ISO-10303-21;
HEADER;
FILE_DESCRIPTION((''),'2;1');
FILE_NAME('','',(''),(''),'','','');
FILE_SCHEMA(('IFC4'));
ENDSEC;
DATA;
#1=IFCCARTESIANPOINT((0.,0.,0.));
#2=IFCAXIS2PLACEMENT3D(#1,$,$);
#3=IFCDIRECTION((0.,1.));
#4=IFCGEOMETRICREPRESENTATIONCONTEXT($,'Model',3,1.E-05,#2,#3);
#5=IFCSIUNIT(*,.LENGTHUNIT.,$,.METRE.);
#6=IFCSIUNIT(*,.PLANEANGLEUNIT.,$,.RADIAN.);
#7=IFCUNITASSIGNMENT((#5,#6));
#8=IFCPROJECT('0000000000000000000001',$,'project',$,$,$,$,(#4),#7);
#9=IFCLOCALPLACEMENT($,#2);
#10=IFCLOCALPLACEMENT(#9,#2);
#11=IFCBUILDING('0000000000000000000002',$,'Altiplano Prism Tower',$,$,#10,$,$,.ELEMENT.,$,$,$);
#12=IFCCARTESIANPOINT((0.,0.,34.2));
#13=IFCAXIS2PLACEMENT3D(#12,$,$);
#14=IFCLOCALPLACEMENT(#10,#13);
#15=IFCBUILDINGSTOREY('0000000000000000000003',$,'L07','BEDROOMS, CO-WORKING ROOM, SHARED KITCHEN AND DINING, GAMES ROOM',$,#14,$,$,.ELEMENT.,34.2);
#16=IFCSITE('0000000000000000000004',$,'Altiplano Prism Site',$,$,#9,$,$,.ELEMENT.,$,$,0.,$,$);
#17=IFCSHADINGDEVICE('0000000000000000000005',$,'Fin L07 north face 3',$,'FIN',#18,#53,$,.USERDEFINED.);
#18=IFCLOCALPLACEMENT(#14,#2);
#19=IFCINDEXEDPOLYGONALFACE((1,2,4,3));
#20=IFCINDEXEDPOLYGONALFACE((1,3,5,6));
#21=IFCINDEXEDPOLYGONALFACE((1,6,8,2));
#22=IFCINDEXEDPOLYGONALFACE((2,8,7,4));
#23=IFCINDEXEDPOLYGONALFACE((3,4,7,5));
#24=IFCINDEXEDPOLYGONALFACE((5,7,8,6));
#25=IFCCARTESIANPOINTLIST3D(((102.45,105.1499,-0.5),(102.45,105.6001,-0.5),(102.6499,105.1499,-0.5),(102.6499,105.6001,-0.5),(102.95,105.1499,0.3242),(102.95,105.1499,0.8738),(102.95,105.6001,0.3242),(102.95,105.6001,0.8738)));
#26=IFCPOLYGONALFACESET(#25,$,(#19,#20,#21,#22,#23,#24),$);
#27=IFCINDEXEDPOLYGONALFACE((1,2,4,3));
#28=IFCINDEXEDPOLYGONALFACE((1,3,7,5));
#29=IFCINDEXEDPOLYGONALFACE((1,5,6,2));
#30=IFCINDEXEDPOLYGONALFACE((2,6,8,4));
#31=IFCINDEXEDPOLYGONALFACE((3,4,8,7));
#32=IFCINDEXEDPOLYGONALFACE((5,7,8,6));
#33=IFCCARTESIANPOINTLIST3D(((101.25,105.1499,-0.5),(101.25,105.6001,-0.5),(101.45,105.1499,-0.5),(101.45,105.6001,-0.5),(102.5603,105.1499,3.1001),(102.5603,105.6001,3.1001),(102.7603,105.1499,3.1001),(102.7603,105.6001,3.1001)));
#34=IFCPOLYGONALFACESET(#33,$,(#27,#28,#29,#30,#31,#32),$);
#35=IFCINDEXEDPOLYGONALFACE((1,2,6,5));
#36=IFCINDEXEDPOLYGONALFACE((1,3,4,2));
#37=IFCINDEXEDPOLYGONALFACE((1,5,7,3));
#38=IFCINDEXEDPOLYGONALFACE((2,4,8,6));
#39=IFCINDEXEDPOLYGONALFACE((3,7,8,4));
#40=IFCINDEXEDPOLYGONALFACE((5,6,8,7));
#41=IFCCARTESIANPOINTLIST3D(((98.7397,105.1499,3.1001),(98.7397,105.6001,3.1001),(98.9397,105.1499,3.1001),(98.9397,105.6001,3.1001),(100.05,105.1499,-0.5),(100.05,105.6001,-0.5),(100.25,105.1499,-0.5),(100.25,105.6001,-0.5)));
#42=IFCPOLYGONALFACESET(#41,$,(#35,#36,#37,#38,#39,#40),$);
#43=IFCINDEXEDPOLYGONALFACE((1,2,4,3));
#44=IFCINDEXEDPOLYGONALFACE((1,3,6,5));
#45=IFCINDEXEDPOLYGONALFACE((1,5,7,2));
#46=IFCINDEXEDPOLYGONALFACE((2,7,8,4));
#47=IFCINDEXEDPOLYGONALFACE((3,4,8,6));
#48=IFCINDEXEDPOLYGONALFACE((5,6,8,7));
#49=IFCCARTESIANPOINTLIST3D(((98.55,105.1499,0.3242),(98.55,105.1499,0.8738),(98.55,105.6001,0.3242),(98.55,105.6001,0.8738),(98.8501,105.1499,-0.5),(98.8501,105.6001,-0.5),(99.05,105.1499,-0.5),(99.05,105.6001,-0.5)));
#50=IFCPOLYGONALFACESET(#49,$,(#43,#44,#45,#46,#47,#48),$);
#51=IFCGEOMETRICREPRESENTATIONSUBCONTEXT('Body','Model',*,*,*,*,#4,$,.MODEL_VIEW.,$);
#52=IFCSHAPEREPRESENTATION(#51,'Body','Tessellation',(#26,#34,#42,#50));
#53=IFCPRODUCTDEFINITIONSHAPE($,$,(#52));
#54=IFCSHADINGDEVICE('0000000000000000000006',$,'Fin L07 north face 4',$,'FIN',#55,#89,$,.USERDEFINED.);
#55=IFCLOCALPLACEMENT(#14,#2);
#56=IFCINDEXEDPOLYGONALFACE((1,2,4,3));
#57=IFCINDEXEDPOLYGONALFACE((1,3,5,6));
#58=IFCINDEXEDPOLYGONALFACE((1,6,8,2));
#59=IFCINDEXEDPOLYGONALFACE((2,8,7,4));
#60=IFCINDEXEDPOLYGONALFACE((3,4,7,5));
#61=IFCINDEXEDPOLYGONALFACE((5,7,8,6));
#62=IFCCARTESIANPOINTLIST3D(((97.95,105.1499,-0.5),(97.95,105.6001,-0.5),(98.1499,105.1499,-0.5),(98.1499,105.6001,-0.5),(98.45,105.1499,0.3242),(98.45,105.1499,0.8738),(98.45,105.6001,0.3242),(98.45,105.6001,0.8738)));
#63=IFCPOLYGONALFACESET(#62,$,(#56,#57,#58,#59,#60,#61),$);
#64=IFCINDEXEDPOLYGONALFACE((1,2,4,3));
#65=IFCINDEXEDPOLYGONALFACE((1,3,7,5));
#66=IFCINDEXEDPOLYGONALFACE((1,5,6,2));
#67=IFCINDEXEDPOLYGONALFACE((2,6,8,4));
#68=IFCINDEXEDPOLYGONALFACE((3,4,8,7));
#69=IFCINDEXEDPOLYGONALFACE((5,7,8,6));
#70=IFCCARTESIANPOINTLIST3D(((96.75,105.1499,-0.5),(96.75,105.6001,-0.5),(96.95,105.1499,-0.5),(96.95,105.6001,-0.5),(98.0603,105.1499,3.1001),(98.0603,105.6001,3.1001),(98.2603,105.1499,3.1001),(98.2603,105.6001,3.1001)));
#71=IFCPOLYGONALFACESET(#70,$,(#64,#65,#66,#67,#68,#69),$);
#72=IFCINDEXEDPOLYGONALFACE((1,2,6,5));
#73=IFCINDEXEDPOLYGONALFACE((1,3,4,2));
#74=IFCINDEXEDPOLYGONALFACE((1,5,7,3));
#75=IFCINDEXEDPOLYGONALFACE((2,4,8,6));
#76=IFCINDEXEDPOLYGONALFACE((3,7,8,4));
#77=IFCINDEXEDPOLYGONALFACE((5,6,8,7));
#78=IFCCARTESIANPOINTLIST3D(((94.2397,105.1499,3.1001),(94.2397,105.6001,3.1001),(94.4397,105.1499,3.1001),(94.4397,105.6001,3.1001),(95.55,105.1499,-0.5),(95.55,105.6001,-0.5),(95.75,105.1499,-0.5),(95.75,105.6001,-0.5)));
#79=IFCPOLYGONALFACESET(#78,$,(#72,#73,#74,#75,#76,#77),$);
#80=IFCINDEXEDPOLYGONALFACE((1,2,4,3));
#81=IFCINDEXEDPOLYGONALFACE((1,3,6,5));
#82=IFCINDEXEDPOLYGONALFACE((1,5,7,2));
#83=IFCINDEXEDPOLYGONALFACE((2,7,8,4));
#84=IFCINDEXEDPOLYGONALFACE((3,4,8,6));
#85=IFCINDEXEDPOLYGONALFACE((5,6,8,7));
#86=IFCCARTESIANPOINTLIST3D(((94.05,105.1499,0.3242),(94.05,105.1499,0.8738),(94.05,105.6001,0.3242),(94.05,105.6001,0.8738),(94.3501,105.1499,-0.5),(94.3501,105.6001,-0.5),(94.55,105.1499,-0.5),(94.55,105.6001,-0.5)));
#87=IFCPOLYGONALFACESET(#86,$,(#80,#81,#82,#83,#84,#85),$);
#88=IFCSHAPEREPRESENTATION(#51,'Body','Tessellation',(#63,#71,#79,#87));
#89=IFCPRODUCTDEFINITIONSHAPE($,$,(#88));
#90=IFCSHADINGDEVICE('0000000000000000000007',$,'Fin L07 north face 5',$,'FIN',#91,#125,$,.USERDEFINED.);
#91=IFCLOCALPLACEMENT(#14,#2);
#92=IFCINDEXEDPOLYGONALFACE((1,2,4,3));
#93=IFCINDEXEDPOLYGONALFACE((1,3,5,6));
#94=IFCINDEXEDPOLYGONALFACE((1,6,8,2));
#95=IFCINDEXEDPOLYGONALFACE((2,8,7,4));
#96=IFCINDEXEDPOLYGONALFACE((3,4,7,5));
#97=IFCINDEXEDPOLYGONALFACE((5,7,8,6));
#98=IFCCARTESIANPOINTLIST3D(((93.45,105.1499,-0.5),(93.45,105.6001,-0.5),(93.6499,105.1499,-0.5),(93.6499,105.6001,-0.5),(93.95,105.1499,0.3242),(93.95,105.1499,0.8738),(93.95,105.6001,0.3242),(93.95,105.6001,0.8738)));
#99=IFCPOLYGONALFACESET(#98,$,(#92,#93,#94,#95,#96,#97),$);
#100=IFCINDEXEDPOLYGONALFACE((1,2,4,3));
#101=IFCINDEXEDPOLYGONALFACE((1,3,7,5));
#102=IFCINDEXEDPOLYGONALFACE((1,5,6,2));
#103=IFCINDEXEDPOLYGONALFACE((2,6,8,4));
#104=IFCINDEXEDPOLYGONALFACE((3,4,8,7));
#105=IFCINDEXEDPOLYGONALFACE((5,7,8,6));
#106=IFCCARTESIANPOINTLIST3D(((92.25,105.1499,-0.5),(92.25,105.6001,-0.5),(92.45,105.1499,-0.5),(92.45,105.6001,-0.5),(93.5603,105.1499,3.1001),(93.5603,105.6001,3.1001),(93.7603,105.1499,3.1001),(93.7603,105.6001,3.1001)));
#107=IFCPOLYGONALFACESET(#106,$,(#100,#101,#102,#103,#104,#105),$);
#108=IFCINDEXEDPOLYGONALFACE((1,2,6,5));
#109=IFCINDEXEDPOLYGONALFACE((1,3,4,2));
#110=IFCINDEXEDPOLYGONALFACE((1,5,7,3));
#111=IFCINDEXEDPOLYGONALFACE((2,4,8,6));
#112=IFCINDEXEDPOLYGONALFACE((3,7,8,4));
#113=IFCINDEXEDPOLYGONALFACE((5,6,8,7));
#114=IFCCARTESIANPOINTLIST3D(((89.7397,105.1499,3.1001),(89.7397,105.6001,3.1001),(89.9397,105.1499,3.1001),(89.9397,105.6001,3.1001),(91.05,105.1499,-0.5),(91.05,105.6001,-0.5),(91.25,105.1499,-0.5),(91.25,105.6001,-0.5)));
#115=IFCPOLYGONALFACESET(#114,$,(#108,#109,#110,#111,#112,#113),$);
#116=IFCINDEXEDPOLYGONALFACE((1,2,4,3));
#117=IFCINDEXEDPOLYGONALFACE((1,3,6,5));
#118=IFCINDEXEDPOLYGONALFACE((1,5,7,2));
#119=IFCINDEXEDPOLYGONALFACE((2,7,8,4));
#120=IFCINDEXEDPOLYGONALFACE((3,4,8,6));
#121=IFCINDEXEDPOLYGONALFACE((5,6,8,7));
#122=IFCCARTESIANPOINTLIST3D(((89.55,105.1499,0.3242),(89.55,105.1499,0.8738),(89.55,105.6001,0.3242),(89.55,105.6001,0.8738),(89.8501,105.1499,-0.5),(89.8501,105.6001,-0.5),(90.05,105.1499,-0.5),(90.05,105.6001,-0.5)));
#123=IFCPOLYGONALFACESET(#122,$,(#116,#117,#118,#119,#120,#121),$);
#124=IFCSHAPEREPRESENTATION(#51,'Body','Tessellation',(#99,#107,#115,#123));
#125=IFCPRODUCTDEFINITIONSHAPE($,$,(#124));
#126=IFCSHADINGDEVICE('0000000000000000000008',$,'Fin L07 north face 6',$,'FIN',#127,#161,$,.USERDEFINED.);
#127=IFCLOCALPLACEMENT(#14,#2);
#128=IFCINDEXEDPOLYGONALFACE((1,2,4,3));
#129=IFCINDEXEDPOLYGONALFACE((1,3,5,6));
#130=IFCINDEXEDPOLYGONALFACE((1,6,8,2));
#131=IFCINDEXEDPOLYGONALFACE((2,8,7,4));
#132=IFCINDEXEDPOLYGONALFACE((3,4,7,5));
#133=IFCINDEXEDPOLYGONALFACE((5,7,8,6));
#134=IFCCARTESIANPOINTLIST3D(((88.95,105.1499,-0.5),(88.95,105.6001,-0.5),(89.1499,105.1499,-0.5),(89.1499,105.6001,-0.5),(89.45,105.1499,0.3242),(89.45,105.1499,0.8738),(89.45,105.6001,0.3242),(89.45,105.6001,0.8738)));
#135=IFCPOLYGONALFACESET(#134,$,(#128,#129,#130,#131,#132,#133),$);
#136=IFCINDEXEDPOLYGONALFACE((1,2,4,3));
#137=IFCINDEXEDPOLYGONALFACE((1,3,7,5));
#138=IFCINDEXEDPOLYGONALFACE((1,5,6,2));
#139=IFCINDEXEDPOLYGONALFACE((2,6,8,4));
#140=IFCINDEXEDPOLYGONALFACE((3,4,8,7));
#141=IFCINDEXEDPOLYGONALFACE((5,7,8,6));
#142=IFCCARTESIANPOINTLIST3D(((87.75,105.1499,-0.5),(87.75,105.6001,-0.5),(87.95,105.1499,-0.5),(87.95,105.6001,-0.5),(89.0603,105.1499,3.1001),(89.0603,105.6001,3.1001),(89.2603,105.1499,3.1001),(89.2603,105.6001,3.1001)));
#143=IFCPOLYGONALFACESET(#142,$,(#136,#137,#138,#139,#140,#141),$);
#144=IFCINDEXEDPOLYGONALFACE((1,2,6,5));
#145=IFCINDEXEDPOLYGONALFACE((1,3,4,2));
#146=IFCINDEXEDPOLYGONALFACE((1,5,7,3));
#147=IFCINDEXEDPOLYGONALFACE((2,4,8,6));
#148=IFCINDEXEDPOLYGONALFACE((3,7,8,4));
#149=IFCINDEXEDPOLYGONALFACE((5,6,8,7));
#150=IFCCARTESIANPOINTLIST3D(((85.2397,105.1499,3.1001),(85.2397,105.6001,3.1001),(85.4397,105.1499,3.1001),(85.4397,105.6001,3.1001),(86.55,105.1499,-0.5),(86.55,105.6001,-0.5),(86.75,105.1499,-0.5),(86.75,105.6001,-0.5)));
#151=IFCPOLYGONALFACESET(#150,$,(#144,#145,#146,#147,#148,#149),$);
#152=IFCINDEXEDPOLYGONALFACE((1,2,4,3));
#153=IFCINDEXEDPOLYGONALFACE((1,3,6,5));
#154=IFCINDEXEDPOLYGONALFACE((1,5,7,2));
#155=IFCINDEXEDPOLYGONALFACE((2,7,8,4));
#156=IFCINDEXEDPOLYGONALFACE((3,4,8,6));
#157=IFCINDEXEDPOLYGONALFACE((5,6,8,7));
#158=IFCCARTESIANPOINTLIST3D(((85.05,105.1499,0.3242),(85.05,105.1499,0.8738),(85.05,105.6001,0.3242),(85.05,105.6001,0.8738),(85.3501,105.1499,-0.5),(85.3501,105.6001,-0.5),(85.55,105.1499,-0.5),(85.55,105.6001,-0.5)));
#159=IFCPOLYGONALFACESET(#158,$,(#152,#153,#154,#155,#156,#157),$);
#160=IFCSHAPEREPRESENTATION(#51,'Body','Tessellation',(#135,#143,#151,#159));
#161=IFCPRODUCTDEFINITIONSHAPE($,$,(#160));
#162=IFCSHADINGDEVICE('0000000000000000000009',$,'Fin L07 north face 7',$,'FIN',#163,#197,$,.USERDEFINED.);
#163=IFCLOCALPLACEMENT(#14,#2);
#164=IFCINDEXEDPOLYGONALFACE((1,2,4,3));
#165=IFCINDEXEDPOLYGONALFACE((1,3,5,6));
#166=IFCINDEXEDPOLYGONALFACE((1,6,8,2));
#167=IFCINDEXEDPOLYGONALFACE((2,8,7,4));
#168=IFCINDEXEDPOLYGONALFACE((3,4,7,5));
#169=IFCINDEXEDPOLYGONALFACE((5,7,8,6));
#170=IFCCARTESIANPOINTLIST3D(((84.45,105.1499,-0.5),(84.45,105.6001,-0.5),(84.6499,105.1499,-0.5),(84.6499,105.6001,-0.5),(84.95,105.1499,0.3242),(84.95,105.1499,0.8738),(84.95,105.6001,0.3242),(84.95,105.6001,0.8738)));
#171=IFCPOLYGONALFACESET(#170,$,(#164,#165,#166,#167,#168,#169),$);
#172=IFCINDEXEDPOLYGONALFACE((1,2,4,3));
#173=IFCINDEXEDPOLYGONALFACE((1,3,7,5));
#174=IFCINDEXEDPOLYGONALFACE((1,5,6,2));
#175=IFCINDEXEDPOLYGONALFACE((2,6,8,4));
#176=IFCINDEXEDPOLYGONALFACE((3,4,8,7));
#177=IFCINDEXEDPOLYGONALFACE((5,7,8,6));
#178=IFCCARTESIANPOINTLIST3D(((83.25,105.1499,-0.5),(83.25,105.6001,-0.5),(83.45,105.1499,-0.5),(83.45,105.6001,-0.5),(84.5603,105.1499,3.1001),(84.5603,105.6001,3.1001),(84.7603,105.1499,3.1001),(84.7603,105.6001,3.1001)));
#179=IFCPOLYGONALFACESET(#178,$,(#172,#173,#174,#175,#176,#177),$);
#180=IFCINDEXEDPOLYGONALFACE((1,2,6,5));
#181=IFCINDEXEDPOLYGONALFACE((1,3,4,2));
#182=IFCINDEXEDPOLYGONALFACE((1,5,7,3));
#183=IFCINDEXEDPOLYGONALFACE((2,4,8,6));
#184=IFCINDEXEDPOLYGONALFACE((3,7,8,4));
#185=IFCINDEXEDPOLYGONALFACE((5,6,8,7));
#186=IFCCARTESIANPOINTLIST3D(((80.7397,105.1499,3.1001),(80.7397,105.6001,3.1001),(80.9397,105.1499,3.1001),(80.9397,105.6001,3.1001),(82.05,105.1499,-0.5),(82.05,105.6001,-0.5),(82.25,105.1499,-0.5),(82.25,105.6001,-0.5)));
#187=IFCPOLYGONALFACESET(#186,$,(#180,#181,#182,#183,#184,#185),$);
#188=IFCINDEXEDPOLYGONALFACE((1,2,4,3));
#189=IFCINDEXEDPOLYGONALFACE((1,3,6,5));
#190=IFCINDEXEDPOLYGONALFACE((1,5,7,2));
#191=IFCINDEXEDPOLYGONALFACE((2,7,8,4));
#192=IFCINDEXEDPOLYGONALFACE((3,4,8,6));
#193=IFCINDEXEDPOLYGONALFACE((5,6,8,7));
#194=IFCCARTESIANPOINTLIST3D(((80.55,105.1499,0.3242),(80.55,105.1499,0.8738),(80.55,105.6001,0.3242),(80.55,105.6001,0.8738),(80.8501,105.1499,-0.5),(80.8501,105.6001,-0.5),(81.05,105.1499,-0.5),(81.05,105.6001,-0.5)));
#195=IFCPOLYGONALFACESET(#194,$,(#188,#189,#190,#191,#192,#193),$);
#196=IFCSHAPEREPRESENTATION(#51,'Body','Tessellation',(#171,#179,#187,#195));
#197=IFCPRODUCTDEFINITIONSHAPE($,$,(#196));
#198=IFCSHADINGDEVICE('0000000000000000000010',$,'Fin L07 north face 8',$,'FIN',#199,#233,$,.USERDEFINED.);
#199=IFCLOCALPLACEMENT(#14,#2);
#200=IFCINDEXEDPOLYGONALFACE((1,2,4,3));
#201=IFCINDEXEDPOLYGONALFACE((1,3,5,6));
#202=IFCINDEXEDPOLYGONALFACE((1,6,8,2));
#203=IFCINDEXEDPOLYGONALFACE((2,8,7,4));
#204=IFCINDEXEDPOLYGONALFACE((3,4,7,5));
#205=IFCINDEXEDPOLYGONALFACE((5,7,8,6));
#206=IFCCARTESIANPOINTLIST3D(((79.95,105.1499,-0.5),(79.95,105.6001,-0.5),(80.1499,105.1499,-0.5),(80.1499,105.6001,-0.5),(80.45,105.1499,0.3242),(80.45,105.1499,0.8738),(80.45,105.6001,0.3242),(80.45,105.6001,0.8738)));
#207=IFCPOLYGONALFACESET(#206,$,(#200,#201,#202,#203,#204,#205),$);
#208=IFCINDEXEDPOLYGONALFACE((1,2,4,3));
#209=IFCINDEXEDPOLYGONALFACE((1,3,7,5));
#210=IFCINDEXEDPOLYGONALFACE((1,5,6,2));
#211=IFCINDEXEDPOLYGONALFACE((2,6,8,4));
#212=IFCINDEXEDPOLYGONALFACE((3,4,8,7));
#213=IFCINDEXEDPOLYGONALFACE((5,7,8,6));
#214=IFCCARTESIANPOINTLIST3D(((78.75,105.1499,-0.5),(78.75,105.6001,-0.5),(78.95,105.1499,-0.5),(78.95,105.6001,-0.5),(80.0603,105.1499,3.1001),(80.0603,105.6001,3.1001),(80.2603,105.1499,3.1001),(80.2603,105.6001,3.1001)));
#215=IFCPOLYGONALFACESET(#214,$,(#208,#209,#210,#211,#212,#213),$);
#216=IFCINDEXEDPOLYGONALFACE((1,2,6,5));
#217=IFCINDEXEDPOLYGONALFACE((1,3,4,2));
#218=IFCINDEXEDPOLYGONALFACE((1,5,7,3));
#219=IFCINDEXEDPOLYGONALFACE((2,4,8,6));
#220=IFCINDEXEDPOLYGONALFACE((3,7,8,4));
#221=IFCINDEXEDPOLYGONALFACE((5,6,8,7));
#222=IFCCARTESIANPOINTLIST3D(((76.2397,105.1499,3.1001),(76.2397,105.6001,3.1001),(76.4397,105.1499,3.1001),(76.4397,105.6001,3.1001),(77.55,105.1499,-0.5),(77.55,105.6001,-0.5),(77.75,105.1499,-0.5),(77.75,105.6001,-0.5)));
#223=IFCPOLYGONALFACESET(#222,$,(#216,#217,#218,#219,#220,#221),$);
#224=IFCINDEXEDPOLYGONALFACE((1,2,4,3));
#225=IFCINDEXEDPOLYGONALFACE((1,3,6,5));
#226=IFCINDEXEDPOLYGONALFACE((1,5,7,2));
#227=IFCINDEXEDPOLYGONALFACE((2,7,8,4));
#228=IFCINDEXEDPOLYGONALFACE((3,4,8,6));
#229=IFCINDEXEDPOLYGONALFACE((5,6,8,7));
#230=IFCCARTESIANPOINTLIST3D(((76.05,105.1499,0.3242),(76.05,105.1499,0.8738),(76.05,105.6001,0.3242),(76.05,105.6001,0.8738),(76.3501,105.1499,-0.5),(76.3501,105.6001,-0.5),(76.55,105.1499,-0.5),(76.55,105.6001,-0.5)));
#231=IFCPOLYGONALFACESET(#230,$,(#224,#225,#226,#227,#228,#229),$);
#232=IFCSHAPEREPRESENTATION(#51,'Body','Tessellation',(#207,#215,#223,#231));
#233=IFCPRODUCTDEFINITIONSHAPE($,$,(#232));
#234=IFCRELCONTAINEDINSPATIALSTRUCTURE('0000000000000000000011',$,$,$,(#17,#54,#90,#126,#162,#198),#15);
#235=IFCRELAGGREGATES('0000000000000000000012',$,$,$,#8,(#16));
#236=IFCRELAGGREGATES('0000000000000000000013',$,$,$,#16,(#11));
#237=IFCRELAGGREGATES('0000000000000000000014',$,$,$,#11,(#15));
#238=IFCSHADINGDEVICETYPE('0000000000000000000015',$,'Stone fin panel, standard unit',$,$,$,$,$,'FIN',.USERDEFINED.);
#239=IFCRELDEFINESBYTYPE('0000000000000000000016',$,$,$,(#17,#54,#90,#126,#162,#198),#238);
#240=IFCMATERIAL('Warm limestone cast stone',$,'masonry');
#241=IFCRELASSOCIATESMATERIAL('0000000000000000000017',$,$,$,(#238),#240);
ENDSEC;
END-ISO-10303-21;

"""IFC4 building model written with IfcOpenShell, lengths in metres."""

from ifc_helpers import new_model, si_unit, direction, frame, origin, place, context, subcontext, project, spatial, polyline, outline, extrude, source, transform, mapped, material, type_object, element, save


model = new_model("IFC4")

# Units and contexts
model_context = context("Model", 3, precision=1e-05, world=origin(), true_north=direction((0.0, 1.0)))
body_context = subcontext(model_context, "Body", "Model", "MODEL_VIEW")
ifc_project = project(units=[si_unit("LENGTHUNIT", "METRE"), si_unit("PLANEANGLEUNIT", "RADIAN")], contexts=[model_context])

# Site, building, storey
site_placement = place(None, origin())
site = spatial("IfcSite", under=ifc_project, at=site_placement, Name="Altiplano Prism Site", CompositionType="ELEMENT", RefElevation=0.0)
building_placement = place(site_placement, origin())
building = spatial("IfcBuilding", under=site, at=building_placement, Name="Altiplano Prism Tower", CompositionType="ELEMENT")
storey_placement = place(building_placement, frame((0.0, 0.0, 34.2)))
storey = spatial("IfcBuildingStorey", under=building, at=storey_placement, Name="L07", Description="BEDROOMS, CO-WORKING ROOM, SHARED KITCHEN AND DINING, GAMES ROOM", CompositionType="ELEMENT", Elevation=34.2)

# Shading devices
ifc_material_1 = material(Name="Warm limestone cast stone", Category="masonry")
shading_device_type_1 = type_object("IfcShadingDeviceType", Name="Stone fin panel, standard unit", ElementType="FIN", PredefinedType="USERDEFINED", material=ifc_material_1)
shared_shape_1 = source(origin(), body_context, "Body", "SweptSolid", [
    extrude(outline(polyline([(-2.2, 1.3738), (-2.2, 0.8242), (-1.8999, 0.0), (-1.7, 0.0), (-2.2, 1.3738)])), frame((0.0, -0.1499, 0.0), z_axis=(0.0, -1.0, 0.0), x_axis=(1.0, 0.0, 0.0)), (0.0, 0.0, 1.0), 0.4502),
    extrude(outline(polyline([(-2.0103, 3.6001), (-0.7, 0.0), (-0.5, 0.0), (-1.8103, 3.6001), (-2.0103, 3.6001)])), frame((0.0, -0.1499, 0.0), z_axis=(0.0, -1.0, 0.0), x_axis=(1.0, 0.0, 0.0)), (0.0, 0.0, 1.0), 0.4502),
    extrude(outline(polyline([(1.8103, 3.6001), (0.5, 0.0), (0.7, 0.0), (2.0103, 3.6001), (1.8103, 3.6001)])), frame((0.0, -0.1499, 0.0), z_axis=(0.0, -1.0, 0.0), x_axis=(1.0, 0.0, 0.0)), (0.0, 0.0, 1.0), 0.4502),
    extrude(outline(polyline([(2.2, 0.8242), (2.2, 1.3738), (1.7, 0.0), (1.8999, 0.0), (2.2, 0.8242)])), frame((0.0, -0.1499, 0.0), z_axis=(0.0, -1.0, 0.0), x_axis=(1.0, 0.0, 0.0)), (0.0, 0.0, 1.0), 0.4502),
])
shading_device_1_placement = place(storey_placement, origin())
element("IfcShadingDevice", 1, at=shading_device_1_placement, inside=storey, type_object=shading_device_type_1, Name="Fin L07 north face 3", ObjectType="FIN", PredefinedType="USERDEFINED", context=body_context, shape_type="MappedRepresentation", body=[
    mapped(shared_shape_1, transform((100.75, 105.0, -0.5), x_axis=(-1.0, 0.0, 0.0), y_axis=(0.0, -1.0, 0.0), z_axis=(0.0, 0.0, 1.0))),
])
shading_device_2_placement = place(storey_placement, origin())
element("IfcShadingDevice", 2, at=shading_device_2_placement, inside=storey, type_object=shading_device_type_1, Name="Fin L07 north face 4", ObjectType="FIN", PredefinedType="USERDEFINED", context=body_context, shape_type="MappedRepresentation", body=[
    mapped(shared_shape_1, transform((96.25, 105.0, -0.5), x_axis=(-1.0, 0.0, 0.0), y_axis=(0.0, -1.0, 0.0), z_axis=(0.0, 0.0, 1.0))),
])
shading_device_3_placement = place(storey_placement, origin())
element("IfcShadingDevice", 3, at=shading_device_3_placement, inside=storey, type_object=shading_device_type_1, Name="Fin L07 north face 5", ObjectType="FIN", PredefinedType="USERDEFINED", context=body_context, shape_type="MappedRepresentation", body=[
    mapped(shared_shape_1, transform((91.75, 105.0, -0.5), x_axis=(-1.0, 0.0, 0.0), y_axis=(0.0, -1.0, 0.0), z_axis=(0.0, 0.0, 1.0))),
])
shading_device_4_placement = place(storey_placement, origin())
element("IfcShadingDevice", 4, at=shading_device_4_placement, inside=storey, type_object=shading_device_type_1, Name="Fin L07 north face 6", ObjectType="FIN", PredefinedType="USERDEFINED", context=body_context, shape_type="MappedRepresentation", body=[
    mapped(shared_shape_1, transform((87.25, 105.0, -0.5), x_axis=(-1.0, 0.0, 0.0), y_axis=(0.0, -1.0, 0.0), z_axis=(0.0, 0.0, 1.0))),
])
shading_device_5_placement = place(storey_placement, origin())
element("IfcShadingDevice", 5, at=shading_device_5_placement, inside=storey, type_object=shading_device_type_1, Name="Fin L07 north face 7", ObjectType="FIN", PredefinedType="USERDEFINED", context=body_context, shape_type="MappedRepresentation", body=[
    mapped(shared_shape_1, transform((82.75, 105.0, -0.5), x_axis=(-1.0, 0.0, 0.0), y_axis=(0.0, -1.0, 0.0), z_axis=(0.0, 0.0, 1.0))),
])
shading_device_6_placement = place(storey_placement, origin())
element("IfcShadingDevice", 6, at=shading_device_6_placement, inside=storey, type_object=shading_device_type_1, Name="Fin L07 north face 8", ObjectType="FIN", PredefinedType="USERDEFINED", context=body_context, shape_type="MappedRepresentation", body=[
    mapped(shared_shape_1, transform((78.25, 105.0, -0.5), x_axis=(-1.0, 0.0, 0.0), y_axis=(0.0, -1.0, 0.0), z_axis=(0.0, 0.0, 1.0))),
])

save(model, "model.ifc")
